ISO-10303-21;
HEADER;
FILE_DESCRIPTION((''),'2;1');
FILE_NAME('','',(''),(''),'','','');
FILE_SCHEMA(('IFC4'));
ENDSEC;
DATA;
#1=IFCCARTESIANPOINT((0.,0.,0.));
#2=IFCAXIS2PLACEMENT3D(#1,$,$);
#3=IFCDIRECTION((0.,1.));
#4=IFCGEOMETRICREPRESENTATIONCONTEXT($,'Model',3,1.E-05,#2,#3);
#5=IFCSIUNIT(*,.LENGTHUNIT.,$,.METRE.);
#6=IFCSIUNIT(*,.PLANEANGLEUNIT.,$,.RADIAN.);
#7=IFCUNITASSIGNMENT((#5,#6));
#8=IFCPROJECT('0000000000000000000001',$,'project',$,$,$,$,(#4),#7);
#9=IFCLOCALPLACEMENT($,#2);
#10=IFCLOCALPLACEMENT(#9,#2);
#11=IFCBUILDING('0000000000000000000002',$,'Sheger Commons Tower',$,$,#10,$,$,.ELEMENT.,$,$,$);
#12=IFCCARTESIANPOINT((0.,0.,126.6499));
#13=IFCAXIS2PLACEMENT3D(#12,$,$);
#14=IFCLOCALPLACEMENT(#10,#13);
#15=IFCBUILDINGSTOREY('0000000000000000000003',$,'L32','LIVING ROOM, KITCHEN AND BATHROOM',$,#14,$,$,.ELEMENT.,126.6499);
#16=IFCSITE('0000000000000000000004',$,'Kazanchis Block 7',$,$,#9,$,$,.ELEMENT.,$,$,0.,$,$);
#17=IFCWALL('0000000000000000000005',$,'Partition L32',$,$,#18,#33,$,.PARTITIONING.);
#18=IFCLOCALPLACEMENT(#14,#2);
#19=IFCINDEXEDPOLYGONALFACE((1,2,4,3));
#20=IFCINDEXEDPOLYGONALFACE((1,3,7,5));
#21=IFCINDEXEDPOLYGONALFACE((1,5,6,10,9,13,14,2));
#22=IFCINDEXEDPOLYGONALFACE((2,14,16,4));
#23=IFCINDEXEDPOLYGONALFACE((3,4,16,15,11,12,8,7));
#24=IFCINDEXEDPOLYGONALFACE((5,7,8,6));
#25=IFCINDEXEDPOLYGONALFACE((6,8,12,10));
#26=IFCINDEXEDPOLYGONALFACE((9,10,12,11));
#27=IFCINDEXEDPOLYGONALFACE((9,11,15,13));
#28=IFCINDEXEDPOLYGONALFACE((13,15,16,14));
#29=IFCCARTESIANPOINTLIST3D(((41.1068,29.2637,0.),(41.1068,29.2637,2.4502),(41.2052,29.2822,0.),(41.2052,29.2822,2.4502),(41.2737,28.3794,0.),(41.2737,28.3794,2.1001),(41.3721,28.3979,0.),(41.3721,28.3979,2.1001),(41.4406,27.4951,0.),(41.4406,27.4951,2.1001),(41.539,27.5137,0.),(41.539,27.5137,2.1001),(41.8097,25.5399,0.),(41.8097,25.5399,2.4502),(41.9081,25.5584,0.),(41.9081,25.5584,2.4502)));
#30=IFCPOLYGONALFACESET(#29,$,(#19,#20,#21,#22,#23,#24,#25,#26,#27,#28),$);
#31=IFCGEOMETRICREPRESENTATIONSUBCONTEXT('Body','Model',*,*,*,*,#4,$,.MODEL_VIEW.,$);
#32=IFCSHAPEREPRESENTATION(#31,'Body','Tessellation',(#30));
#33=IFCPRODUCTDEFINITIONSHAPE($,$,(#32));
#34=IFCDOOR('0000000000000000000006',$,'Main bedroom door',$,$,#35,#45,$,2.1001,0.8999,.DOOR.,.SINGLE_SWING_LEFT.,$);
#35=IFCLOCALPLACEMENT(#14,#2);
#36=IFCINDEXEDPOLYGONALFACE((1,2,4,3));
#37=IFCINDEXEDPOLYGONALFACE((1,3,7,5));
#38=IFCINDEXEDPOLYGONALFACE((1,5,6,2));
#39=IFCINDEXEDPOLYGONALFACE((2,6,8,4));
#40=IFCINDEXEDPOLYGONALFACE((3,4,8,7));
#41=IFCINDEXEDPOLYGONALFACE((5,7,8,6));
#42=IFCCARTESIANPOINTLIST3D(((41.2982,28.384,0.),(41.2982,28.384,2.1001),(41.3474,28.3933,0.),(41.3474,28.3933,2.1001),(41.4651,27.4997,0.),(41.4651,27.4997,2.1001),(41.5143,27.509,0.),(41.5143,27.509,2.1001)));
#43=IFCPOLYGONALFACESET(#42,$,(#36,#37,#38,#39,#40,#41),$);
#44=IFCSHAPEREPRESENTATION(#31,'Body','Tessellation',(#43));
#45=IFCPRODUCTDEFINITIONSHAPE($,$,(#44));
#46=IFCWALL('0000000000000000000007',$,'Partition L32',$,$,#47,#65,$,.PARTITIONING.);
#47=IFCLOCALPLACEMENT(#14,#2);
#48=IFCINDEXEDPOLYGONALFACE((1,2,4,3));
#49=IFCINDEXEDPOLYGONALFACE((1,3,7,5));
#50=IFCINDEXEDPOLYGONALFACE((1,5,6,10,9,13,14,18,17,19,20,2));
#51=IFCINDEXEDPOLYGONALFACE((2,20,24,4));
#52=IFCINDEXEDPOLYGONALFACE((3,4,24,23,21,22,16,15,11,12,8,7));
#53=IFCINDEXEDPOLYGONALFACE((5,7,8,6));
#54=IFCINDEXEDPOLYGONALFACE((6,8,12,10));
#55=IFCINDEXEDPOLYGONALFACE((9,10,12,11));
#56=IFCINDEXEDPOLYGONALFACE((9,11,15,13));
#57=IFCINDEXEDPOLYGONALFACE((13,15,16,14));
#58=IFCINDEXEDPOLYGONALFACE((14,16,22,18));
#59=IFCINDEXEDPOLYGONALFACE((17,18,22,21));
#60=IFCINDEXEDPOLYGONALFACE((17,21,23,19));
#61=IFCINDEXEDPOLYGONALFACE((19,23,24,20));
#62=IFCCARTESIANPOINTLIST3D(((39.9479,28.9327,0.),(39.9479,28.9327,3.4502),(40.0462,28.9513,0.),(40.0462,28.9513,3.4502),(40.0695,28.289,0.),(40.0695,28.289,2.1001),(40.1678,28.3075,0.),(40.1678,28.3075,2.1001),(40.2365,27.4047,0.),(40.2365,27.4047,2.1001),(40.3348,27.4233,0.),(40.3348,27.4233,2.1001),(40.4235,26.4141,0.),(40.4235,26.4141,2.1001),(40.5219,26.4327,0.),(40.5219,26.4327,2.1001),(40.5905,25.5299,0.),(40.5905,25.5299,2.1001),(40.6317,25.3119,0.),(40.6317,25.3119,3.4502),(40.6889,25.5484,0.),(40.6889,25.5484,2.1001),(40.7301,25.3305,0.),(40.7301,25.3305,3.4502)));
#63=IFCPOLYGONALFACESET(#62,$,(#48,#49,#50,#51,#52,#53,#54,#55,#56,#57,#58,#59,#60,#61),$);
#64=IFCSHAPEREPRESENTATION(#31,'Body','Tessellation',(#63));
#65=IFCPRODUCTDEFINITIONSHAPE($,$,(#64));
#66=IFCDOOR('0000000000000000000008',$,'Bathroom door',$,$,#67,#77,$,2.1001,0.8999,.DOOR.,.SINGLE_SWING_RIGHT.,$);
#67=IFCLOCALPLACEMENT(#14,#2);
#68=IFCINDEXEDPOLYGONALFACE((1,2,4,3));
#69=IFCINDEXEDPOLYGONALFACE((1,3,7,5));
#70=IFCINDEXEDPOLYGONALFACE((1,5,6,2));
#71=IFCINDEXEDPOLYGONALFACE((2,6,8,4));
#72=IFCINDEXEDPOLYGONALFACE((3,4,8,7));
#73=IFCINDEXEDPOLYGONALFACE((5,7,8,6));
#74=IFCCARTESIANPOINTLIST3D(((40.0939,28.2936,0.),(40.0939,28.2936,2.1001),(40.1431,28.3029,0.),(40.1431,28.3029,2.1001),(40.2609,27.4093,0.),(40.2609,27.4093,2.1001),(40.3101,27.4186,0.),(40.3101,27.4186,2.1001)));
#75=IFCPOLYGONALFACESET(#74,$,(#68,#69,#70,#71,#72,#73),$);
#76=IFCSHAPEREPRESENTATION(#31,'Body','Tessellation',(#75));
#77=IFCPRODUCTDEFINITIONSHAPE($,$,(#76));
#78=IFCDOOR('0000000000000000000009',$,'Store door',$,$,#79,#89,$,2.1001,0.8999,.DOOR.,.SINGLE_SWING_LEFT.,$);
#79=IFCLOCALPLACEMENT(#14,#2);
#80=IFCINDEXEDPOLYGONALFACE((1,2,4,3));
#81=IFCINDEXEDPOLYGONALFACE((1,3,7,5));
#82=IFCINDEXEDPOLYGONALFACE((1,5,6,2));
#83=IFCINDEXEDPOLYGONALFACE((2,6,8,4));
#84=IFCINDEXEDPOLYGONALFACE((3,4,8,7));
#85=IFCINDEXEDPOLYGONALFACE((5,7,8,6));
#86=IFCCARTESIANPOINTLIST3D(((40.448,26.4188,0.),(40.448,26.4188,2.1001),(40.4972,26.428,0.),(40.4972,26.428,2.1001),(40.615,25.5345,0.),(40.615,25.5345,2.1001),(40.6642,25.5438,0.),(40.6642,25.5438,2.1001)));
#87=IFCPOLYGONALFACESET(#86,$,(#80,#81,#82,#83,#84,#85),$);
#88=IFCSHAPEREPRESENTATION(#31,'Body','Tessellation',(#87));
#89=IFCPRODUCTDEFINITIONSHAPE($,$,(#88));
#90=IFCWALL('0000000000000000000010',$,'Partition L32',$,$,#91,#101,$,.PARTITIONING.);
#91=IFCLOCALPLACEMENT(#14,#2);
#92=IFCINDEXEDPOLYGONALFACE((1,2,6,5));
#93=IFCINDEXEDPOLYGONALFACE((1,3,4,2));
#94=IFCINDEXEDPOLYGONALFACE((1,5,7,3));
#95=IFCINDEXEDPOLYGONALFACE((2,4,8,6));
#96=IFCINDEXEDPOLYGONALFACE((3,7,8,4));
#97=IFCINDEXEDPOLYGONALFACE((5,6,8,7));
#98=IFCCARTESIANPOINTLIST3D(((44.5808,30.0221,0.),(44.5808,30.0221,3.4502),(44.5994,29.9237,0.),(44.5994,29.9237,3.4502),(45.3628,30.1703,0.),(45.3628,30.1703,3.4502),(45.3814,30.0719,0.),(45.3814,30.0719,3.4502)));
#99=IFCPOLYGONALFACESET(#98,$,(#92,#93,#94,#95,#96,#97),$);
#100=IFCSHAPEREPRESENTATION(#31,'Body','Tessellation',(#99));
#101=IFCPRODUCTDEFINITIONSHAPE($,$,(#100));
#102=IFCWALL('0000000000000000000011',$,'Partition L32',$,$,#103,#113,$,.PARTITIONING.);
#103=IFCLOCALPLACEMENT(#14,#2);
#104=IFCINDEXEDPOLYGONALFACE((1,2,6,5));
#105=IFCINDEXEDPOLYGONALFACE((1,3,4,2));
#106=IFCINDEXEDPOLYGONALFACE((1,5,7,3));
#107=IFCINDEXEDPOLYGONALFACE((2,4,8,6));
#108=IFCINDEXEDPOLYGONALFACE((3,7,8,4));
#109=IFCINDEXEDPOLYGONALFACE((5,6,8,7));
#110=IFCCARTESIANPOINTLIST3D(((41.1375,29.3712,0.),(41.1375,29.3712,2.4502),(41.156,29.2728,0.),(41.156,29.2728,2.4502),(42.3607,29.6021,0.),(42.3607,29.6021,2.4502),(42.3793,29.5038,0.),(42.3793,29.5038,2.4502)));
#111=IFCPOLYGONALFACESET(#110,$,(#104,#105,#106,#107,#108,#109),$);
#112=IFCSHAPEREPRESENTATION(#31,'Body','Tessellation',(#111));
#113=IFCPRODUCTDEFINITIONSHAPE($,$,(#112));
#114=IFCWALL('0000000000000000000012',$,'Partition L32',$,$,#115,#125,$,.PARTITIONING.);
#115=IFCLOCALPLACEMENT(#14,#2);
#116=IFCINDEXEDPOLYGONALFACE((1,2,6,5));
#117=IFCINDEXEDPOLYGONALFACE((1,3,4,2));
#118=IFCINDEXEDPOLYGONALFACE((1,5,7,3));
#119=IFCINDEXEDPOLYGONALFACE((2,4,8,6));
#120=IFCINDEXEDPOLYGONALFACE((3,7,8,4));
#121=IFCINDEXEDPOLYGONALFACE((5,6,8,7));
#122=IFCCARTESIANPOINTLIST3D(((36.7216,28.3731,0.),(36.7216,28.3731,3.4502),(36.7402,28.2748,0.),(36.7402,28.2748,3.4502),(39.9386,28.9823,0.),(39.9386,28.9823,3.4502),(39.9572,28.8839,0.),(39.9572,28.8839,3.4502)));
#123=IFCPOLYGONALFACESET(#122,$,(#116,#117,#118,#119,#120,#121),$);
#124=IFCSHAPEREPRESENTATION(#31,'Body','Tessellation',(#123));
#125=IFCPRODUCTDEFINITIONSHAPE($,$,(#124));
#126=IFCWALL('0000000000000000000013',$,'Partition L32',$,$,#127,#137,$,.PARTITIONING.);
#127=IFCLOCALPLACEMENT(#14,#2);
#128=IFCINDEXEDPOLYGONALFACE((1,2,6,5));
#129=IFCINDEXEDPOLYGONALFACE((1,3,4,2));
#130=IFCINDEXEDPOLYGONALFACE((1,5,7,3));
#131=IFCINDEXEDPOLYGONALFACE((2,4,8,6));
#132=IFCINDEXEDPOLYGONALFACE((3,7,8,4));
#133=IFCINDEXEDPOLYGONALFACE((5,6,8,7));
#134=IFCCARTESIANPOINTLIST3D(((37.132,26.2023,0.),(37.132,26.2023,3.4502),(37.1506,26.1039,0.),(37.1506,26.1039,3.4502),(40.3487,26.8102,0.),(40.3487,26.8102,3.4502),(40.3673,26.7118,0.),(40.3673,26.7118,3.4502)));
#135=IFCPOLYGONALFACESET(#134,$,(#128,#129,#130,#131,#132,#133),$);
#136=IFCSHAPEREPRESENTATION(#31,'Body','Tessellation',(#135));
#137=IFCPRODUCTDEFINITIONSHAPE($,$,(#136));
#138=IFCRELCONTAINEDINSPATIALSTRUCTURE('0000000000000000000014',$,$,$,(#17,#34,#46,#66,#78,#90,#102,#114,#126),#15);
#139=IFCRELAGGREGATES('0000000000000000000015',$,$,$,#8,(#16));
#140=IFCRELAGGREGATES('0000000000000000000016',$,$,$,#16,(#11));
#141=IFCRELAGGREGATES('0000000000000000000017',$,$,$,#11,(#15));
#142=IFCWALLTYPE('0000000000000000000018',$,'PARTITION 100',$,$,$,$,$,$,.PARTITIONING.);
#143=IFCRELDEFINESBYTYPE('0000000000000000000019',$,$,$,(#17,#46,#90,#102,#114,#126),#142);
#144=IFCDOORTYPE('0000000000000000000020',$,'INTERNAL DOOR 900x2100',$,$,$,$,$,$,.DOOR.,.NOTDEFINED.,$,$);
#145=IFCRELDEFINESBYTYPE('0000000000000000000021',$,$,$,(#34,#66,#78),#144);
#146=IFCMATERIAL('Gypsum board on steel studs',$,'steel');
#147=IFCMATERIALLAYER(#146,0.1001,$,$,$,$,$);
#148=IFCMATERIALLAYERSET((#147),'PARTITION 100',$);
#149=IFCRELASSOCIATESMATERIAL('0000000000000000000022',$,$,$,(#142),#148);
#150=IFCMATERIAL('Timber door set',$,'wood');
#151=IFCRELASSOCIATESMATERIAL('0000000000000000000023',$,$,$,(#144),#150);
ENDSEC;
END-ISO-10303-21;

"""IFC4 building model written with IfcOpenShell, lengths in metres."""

from ifc_helpers import new_model, si_unit, direction, frame, frame_2d, origin, place, context, subcontext, project, spatial, rectangle, extrude, material, layer, layer_set, type_object, element, fill, save


model = new_model("IFC4")

# Units and contexts
model_context = context("Model", 3, precision=1e-05, world=origin(), true_north=direction((0.0, 1.0)))
body_context = subcontext(model_context, "Body", "Model", "MODEL_VIEW")
ifc_project = project(units=[si_unit("LENGTHUNIT", "METRE"), si_unit("PLANEANGLEUNIT", "RADIAN")], contexts=[model_context])

# Site, building, storey
site_placement = place(None, origin())
site = spatial("IfcSite", under=ifc_project, at=site_placement, Name="Kazanchis Block 7", CompositionType="ELEMENT", RefElevation=0.0)
building_placement = place(site_placement, origin())
building = spatial("IfcBuilding", under=site, at=building_placement, Name="Sheger Commons Tower", CompositionType="ELEMENT")
storey_placement = place(building_placement, frame((0.0, 0.0, 126.6499)))
storey = spatial("IfcBuildingStorey", under=building, at=storey_placement, Name="L32", Description="LIVING ROOM, KITCHEN AND BATHROOM", CompositionType="ELEMENT", Elevation=126.6499)

# Shared definitions
ifc_material_1 = material(Name="Gypsum board on steel studs", Category="steel")
ifc_layer_1 = layer(ifc_material_1, 0.1001)
ifc_layer_set_1 = layer_set([ifc_layer_1], Name="PARTITION 100")
wall_type_1 = type_object("IfcWallType", Name="PARTITION 100", PredefinedType="PARTITIONING", material=ifc_layer_set_1)

# Wall, opening, door
wall_1_placement = place(storey_placement, frame((41.156, 29.2729, 0.0), z_axis=(0.0, 0.0, 1.0), x_axis=(0.185475, -0.982649, 0.0)))
wall_1 = element("IfcWall", 1, at=wall_1_placement, inside=storey, type_object=wall_type_1, Name="Partition L32", PredefinedType="PARTITIONING", context=body_context, shape_type="SweptSolid", body=[
    extrude(rectangle(XDim=3.7896, YDim=0.1001, at=frame_2d((1.8948, 0.0))), origin(), (0.0, 0.0, 1.0), 2.4502),
])
opening_1_placement = place(wall_1_placement, frame((0.8999, 0.0, 0.0)))
opening_1 = element("IfcOpeningElement", 2, at=opening_1_placement, cuts=wall_1, PredefinedType="OPENING", context=body_context, shape_type="SweptSolid", body=[
    extrude(rectangle(XDim=0.8999, YDim=2.1001, at=frame_2d((0.45, 1.05))), frame((0.0, 0.0601, 0.0), z_axis=(0.0, -1.0, 0.0), x_axis=(1.0, 0.0, 0.0)), (0.0, 0.0, 1.0), 0.1201),
])
ifc_material_2 = material(Name="Timber door set", Category="wood")
door_type = type_object("IfcDoorType", Name="INTERNAL DOOR 900x2100", OperationType="NOTDEFINED", PredefinedType="DOOR", material=ifc_material_2)
door_1_placement = place(opening_1_placement, origin())
door_1 = element("IfcDoor", 3, at=door_1_placement, inside=storey, type_object=door_type, Name="Main bedroom door", OperationType="SINGLE_SWING_LEFT", OverallHeight=2.1001, OverallWidth=0.8999, PredefinedType="DOOR", context=body_context, shape_type="SweptSolid", body=[
    extrude(rectangle(XDim=0.8999, YDim=2.1001, at=frame_2d((0.45, 1.05))), frame((0.0, 0.0249, 0.0), z_axis=(0.0, -1.0, 0.0), x_axis=(1.0, 0.0, 0.0)), (0.0, 0.0, 1.0), 0.05),
])
fill(opening_1, door_1)

# Wall, openings, doors
wall_2_placement = place(storey_placement, frame((39.9971, 28.9419, 0.0), z_axis=(0.0, 0.0, 1.0), x_axis=(0.18558, -0.982629, 0.0)))
wall_2 = element("IfcWall", 4, at=wall_2_placement, inside=storey, type_object=wall_type_1, Name="Partition L32", PredefinedType="PARTITIONING", context=body_context, shape_type="SweptSolid", body=[
    extrude(rectangle(XDim=3.6848, YDim=0.1001, at=frame_2d((1.8423, 0.0))), origin(), (0.0, 0.0, 1.0), 3.4502),
])
opening_2_placement = place(wall_2_placement, frame((0.655, 0.0, 0.0)))
opening_2 = element("IfcOpeningElement", 5, at=opening_2_placement, cuts=wall_2, PredefinedType="OPENING", context=body_context, shape_type="SweptSolid", body=[
    extrude(rectangle(XDim=0.8999, YDim=2.1001, at=frame_2d((0.45, 1.05))), frame((0.0, 0.0601, 0.0), z_axis=(0.0, -1.0, 0.0), x_axis=(1.0, 0.0, 0.0)), (0.0, 0.0, 1.0), 0.1201),
])
opening_3_placement = place(wall_2_placement, frame((2.563, 0.0, 0.0)))
opening_3 = element("IfcOpeningElement", 6, at=opening_3_placement, cuts=wall_2, PredefinedType="OPENING", context=body_context, shape_type="SweptSolid", body=[
    extrude(rectangle(XDim=0.8999, YDim=2.1001, at=frame_2d((0.45, 1.05))), frame((0.0, 0.0601, 0.0), z_axis=(0.0, -1.0, 0.0), x_axis=(1.0, 0.0, 0.0)), (0.0, 0.0, 1.0), 0.1201),
])
door_2_placement = place(opening_2_placement, origin())
door_2 = element("IfcDoor", 7, at=door_2_placement, inside=storey, type_object=door_type, Name="Bathroom door", OperationType="SINGLE_SWING_RIGHT", OverallHeight=2.1001, OverallWidth=0.8999, PredefinedType="DOOR", context=body_context, shape_type="SweptSolid", body=[
    extrude(rectangle(XDim=0.8999, YDim=2.1001, at=frame_2d((0.45, 1.05))), frame((0.0, 0.0249, 0.0), z_axis=(0.0, -1.0, 0.0), x_axis=(1.0, 0.0, 0.0)), (0.0, 0.0, 1.0), 0.05),
])
fill(opening_2, door_2)
door_3_placement = place(opening_3_placement, origin())
door_3 = element("IfcDoor", 8, at=door_3_placement, inside=storey, type_object=door_type, Name="Store door", OperationType="SINGLE_SWING_LEFT", OverallHeight=2.1001, OverallWidth=0.8999, PredefinedType="DOOR", context=body_context, shape_type="SweptSolid", body=[
    extrude(rectangle(XDim=0.8999, YDim=2.1001, at=frame_2d((0.45, 1.05))), frame((0.0, 0.0249, 0.0), z_axis=(0.0, -1.0, 0.0), x_axis=(1.0, 0.0, 0.0)), (0.0, 0.0, 1.0), 0.05),
])
fill(opening_3, door_3)

# Walls
wall_3_placement = place(storey_placement, frame((45.3721, 30.1211, 0.0), z_axis=(0.0, 0.0, 1.0), x_axis=(-0.982513, -0.186196, 0.0)))
element("IfcWall", 9, at=wall_3_placement, inside=storey, type_object=wall_type_1, Name="Partition L32", PredefinedType="PARTITIONING", context=body_context, shape_type="SweptSolid", body=[
    extrude(rectangle(XDim=0.7959, YDim=0.1001, at=frame_2d((0.3979, 0.0))), origin(), (0.0, 0.0, 1.0), 3.4502),
])
wall_4_placement = place(storey_placement, frame((42.3701, 29.553, 0.0), z_axis=(0.0, 0.0, 1.0), x_axis=(-0.982636, -0.185544, 0.0)))
element("IfcWall", 10, at=wall_4_placement, inside=storey, type_object=wall_type_1, Name="Partition L32", PredefinedType="PARTITIONING", context=body_context, shape_type="SweptSolid", body=[
    extrude(rectangle(XDim=1.2449, YDim=0.1001, at=frame_2d((0.6226, 0.0))), origin(), (0.0, 0.0, 1.0), 2.4502),
])
wall_5_placement = place(storey_placement, frame((39.948, 28.9331, 0.0), z_axis=(0.0, 0.0, 1.0), x_axis=(-0.982542, -0.18604, 0.0)))
element("IfcWall", 11, at=wall_5_placement, inside=storey, type_object=wall_type_1, Name="Partition L32", PredefinedType="PARTITIONING", context=body_context, shape_type="SweptSolid", body=[
    extrude(rectangle(XDim=3.2742, YDim=0.1001, at=frame_2d((1.6372, 0.0))), origin(), (0.0, 0.0, 1.0), 3.4502),
])
wall_6_placement = place(storey_placement, frame((40.3579, 26.761, 0.0), z_axis=(0.0, 0.0, 1.0), x_axis=(-0.982608, -0.185693, 0.0)))
element("IfcWall", 12, at=wall_6_placement, inside=storey, type_object=wall_type_1, Name="Partition L32", PredefinedType="PARTITIONING", context=body_context, shape_type="SweptSolid", body=[
    extrude(rectangle(XDim=3.2737, YDim=0.1001, at=frame_2d((1.6367, 0.0))), origin(), (0.0, 0.0, 1.0), 3.4502),
])

save(model, "model.ifc")
